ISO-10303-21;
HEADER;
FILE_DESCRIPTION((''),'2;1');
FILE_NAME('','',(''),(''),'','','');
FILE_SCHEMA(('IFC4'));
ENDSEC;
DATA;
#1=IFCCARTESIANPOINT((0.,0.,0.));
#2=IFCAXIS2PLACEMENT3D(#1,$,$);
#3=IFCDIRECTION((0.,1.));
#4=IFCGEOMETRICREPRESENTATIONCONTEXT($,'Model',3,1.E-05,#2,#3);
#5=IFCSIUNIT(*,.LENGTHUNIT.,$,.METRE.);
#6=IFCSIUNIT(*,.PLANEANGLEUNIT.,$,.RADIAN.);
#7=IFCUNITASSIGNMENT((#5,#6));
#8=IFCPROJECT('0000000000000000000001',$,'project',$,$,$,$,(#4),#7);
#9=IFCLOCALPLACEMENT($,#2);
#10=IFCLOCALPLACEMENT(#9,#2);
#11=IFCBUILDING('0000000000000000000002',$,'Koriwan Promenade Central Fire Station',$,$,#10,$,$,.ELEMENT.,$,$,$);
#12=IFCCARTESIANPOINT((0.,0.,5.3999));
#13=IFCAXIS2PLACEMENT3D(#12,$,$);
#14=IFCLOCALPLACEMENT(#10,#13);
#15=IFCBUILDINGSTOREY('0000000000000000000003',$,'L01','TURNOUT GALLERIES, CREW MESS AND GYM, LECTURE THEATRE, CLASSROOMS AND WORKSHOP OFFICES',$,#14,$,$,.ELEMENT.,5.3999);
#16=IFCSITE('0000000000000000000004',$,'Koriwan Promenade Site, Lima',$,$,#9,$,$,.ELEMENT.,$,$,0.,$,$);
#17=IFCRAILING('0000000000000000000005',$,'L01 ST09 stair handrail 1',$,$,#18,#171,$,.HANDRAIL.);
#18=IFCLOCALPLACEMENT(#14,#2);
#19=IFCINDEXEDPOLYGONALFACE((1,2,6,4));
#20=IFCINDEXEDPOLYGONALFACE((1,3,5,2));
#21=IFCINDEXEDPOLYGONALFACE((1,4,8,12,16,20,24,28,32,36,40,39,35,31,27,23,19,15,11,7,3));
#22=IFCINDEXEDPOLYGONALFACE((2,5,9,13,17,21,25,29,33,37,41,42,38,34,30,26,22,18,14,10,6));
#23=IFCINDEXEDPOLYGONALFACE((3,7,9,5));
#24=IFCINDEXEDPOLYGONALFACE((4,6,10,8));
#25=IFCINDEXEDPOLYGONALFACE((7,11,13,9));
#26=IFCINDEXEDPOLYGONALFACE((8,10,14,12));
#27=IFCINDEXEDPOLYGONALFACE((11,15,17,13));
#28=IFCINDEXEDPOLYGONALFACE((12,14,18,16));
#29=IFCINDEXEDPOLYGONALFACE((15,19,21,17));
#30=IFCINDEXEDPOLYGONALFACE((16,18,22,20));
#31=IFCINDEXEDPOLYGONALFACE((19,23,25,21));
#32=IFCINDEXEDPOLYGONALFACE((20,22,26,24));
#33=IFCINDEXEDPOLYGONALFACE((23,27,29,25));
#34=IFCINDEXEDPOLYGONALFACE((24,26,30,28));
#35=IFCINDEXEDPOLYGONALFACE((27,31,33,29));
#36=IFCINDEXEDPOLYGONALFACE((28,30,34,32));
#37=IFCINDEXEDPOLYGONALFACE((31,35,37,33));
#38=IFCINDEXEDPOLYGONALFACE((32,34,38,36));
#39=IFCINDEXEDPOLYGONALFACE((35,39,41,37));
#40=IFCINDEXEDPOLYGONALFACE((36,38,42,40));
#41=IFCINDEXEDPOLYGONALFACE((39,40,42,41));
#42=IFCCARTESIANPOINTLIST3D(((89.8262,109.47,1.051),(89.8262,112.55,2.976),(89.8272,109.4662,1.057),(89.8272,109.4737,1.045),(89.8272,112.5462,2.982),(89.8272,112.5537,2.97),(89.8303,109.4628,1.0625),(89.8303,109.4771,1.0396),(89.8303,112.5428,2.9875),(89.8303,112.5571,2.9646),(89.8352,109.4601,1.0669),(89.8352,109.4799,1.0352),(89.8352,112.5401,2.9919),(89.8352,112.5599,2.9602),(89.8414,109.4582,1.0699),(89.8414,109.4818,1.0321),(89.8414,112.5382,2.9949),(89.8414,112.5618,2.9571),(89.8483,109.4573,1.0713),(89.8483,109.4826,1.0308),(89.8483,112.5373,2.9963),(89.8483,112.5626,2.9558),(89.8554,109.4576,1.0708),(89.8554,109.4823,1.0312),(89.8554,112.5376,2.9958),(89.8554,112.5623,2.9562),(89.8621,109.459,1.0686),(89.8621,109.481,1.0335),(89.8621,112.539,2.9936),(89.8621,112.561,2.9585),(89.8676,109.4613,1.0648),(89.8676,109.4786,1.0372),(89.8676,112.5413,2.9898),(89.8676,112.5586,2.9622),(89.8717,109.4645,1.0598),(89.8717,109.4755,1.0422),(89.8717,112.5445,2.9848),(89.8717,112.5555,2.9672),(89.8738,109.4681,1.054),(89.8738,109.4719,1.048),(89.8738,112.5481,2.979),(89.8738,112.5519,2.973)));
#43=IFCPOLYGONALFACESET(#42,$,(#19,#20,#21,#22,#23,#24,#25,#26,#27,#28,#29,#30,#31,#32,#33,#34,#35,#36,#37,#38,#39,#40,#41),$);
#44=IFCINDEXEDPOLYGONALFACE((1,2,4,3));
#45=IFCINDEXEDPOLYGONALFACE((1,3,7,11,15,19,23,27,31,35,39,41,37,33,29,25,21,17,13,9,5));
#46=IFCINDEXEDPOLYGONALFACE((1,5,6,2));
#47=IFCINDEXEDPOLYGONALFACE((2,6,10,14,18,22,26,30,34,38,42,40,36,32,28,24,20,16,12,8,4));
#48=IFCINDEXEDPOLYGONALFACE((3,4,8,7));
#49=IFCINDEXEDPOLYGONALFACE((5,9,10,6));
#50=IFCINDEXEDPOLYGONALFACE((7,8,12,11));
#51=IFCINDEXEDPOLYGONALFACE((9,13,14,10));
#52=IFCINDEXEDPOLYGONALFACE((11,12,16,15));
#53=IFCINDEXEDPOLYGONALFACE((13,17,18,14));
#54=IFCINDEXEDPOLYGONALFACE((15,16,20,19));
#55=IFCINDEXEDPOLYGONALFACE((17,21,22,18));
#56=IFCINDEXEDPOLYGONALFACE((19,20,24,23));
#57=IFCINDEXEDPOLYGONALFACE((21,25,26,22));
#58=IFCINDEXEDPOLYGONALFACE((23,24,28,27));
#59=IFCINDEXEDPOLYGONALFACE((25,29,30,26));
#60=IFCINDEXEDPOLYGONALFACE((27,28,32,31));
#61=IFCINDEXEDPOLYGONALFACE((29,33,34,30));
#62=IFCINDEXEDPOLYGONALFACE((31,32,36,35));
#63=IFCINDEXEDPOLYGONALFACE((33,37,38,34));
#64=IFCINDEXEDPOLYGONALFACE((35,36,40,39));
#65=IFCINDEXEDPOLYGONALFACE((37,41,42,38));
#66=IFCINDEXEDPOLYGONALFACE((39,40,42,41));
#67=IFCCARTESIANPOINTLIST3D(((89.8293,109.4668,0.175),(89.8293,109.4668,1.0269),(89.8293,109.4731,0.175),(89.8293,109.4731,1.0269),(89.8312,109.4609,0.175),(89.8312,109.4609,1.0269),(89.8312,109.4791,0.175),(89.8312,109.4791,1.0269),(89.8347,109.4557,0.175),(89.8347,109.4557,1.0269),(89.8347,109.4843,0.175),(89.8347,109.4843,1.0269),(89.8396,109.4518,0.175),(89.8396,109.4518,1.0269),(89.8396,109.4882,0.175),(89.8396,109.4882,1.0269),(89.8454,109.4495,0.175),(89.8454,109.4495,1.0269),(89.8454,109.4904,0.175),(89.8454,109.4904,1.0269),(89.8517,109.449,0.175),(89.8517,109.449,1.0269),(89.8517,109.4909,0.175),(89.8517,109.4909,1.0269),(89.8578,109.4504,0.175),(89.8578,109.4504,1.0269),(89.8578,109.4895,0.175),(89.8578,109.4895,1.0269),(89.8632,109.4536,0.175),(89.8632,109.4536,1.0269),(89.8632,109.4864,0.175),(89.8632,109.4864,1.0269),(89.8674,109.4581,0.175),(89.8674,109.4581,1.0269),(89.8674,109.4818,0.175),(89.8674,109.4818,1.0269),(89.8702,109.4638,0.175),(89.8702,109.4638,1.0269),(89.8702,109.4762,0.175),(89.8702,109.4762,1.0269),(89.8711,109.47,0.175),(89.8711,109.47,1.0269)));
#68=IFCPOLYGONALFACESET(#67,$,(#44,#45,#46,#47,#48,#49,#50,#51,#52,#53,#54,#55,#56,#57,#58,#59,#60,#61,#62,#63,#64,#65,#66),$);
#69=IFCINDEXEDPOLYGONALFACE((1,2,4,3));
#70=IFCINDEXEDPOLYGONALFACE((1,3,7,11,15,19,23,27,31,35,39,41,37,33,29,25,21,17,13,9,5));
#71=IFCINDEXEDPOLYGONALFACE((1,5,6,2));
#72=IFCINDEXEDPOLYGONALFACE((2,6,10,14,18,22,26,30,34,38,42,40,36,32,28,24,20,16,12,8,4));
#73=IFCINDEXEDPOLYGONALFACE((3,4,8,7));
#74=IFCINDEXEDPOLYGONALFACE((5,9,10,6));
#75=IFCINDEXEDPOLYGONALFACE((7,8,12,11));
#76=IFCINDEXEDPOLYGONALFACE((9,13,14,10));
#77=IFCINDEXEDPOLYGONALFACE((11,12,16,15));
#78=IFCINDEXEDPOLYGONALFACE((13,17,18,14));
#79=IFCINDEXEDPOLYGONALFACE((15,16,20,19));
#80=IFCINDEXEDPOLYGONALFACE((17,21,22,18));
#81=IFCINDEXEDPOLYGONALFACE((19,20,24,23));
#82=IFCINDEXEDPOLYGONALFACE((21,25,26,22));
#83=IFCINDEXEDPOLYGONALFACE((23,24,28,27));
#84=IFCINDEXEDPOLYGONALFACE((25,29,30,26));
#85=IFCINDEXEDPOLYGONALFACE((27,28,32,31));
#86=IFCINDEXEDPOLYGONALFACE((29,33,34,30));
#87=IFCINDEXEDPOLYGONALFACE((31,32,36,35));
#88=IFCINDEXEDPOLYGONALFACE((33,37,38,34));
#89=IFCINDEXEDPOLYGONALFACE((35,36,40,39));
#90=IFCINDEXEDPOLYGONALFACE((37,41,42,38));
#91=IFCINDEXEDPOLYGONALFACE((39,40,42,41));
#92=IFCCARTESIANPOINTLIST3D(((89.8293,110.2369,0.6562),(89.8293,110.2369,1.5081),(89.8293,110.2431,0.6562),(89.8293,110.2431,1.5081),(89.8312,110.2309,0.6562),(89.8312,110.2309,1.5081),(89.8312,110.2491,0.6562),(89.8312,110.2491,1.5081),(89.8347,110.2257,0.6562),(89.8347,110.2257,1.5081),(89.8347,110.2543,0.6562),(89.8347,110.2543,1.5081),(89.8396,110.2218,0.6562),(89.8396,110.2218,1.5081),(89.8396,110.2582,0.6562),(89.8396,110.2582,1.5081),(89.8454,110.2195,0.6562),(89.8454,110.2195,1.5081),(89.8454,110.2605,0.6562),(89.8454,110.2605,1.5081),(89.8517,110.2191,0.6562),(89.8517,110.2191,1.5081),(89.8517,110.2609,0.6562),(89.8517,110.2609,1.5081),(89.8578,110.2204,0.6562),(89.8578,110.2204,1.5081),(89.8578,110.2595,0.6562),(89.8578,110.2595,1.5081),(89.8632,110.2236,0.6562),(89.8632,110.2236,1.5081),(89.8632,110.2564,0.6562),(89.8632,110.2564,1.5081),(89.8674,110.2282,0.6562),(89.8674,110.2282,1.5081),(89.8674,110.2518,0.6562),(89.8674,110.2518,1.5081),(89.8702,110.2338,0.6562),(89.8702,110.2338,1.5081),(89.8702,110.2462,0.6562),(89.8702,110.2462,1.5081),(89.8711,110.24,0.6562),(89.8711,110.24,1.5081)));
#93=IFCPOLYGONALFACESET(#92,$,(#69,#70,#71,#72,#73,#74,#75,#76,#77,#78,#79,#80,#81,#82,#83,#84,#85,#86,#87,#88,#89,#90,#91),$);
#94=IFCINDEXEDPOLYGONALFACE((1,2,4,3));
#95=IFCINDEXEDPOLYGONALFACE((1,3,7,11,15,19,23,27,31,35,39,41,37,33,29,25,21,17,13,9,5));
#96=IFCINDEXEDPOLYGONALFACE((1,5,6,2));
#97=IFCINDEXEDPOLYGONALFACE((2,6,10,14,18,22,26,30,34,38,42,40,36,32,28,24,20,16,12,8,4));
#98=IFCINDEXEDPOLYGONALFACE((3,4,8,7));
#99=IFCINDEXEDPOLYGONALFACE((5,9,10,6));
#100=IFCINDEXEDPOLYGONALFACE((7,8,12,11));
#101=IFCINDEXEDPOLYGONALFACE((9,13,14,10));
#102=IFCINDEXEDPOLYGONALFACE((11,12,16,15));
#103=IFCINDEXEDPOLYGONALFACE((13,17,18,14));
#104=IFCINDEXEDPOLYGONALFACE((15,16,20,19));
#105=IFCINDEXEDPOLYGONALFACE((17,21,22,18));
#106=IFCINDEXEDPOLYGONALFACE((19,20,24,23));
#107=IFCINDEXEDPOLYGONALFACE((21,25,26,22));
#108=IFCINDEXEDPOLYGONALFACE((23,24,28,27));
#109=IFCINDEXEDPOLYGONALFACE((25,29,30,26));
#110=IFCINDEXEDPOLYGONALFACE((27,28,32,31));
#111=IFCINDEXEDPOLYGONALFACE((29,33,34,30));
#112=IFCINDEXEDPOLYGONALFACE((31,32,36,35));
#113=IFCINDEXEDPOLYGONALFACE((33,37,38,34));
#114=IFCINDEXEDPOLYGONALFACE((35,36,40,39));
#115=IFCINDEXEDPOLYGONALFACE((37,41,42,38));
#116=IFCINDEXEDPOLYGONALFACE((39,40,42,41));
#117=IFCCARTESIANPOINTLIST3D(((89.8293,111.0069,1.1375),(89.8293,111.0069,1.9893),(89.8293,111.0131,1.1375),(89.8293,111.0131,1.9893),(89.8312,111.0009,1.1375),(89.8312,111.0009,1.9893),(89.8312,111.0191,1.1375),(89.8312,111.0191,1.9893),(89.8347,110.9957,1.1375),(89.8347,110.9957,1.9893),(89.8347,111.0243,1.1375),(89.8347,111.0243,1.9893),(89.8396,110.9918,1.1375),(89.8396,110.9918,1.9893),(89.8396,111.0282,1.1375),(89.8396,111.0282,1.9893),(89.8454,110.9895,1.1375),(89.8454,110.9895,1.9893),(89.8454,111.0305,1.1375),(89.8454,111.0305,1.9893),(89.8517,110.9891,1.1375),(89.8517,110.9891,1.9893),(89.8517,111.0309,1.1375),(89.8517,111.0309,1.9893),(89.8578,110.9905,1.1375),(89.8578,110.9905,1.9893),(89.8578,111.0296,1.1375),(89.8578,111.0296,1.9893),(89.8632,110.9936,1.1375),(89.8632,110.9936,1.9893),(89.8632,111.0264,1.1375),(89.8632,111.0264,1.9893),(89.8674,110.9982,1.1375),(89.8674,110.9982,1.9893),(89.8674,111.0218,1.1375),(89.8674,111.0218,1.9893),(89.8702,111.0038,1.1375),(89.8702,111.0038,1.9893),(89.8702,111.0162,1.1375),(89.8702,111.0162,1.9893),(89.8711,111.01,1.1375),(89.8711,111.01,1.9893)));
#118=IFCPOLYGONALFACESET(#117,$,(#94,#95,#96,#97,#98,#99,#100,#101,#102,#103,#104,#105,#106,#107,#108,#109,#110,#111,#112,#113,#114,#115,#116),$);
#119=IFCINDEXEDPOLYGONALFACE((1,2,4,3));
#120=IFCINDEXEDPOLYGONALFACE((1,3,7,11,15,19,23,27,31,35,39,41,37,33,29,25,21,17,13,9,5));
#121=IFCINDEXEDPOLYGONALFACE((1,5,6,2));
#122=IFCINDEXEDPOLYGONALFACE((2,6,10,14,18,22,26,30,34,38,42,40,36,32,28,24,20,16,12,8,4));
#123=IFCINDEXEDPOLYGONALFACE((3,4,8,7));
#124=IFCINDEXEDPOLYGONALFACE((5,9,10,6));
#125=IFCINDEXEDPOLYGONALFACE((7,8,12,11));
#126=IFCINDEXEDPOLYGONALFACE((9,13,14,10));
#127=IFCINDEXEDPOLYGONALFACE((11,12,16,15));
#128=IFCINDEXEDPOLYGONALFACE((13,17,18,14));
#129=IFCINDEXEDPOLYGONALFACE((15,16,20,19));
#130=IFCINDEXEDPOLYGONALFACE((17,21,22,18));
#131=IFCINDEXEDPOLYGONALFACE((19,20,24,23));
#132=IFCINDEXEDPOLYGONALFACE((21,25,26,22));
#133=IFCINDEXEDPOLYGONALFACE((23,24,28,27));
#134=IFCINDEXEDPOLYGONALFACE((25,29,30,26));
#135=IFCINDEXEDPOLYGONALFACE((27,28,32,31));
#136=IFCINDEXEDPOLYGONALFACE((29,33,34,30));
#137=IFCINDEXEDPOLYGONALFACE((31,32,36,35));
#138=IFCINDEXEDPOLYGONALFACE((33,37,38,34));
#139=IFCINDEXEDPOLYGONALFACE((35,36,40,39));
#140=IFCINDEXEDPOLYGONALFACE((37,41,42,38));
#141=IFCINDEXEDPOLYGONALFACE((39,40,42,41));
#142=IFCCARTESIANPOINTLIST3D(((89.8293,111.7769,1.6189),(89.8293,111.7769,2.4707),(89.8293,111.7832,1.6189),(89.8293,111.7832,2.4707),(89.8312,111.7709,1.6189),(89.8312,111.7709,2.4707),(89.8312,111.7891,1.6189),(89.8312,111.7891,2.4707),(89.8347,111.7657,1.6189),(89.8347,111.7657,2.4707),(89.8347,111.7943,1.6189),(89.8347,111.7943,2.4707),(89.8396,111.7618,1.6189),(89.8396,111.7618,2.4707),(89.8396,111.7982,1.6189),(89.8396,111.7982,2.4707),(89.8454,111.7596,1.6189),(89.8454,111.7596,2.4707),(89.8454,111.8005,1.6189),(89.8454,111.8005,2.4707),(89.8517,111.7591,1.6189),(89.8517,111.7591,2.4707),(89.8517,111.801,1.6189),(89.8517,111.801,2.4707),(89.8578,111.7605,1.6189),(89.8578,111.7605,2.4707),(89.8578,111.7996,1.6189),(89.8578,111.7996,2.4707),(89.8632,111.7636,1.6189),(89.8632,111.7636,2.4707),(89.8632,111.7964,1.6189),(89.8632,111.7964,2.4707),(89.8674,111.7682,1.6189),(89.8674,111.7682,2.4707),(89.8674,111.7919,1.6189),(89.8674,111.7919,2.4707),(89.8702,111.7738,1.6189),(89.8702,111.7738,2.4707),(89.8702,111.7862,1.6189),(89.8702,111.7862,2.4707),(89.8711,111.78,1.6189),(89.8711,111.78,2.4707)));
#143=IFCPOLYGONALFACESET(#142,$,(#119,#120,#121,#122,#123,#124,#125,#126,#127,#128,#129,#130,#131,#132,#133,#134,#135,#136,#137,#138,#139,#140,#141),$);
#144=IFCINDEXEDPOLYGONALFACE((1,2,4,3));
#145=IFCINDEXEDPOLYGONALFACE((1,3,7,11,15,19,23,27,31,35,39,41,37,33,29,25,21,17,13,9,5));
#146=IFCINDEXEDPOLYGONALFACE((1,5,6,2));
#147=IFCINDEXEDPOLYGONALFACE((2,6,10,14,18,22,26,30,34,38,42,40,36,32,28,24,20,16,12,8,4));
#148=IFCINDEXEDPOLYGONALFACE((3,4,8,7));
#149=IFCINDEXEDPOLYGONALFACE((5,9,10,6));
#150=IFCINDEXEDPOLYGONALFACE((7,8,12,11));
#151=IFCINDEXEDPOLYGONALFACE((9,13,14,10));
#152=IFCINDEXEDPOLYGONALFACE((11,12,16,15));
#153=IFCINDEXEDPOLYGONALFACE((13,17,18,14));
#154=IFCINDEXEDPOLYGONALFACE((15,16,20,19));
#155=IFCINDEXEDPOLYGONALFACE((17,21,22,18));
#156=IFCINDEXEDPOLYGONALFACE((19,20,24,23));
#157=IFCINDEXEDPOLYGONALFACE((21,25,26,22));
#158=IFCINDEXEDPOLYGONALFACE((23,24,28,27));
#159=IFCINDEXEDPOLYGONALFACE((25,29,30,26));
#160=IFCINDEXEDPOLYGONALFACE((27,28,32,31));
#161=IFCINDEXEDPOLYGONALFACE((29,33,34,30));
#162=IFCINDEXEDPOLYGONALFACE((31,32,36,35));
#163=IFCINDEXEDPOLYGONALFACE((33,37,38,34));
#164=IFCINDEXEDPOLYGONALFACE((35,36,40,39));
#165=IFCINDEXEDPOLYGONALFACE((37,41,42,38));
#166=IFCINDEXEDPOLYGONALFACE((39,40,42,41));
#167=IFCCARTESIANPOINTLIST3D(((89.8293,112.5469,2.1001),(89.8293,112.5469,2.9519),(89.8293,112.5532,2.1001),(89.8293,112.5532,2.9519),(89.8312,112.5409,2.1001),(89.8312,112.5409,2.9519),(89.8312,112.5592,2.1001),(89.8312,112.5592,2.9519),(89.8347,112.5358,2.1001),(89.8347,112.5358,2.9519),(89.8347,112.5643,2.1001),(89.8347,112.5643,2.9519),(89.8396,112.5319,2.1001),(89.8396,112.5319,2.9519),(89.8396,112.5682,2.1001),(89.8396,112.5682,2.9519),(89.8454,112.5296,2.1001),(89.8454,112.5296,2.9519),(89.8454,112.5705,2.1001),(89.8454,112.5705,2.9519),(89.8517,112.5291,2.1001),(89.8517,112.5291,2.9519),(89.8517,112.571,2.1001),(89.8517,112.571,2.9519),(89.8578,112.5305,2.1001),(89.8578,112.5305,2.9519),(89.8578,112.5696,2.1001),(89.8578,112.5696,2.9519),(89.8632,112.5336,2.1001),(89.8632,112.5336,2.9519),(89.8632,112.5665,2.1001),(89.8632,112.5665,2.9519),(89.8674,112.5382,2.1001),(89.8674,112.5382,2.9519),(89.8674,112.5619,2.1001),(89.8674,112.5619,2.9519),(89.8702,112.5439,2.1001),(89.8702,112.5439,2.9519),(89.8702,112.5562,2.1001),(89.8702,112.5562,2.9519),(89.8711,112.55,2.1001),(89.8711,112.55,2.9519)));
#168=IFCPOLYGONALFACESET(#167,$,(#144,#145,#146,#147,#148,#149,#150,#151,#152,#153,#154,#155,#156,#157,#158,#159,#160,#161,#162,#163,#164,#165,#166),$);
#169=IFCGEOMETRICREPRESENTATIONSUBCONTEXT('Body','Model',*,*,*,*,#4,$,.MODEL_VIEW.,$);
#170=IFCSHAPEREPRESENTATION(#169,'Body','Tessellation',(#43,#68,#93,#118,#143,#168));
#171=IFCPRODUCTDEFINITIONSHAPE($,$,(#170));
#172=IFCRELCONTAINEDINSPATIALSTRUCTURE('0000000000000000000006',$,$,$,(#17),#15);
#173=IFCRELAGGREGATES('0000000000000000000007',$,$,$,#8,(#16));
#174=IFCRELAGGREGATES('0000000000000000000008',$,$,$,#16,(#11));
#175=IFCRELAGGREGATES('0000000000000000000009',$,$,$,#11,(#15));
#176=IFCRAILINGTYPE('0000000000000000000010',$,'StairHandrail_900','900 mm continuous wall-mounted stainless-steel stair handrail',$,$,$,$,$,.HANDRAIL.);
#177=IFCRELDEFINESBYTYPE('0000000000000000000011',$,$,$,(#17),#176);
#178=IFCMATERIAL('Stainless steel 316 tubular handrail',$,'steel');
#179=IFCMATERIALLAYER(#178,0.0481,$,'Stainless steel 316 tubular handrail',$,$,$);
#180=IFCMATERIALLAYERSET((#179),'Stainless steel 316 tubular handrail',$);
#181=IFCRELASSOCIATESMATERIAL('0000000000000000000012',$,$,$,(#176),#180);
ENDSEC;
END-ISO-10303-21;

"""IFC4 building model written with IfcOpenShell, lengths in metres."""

from ifc_helpers import new_model, si_unit, direction, frame, origin, origin_2d, place, context, subcontext, project, spatial, circle, extrude, material, layer, layer_set, type_object, element, save


model = new_model("IFC4")

# Units and contexts
model_context = context("Model", 3, precision=1e-05, world=origin(), true_north=direction((0.0, 1.0)))
body_context = subcontext(model_context, "Body", "Model", "MODEL_VIEW")
ifc_project = project(units=[si_unit("LENGTHUNIT", "METRE"), si_unit("PLANEANGLEUNIT", "RADIAN")], contexts=[model_context])

# Site, building, storey
site_placement = place(None, origin())
site = spatial("IfcSite", under=ifc_project, at=site_placement, Name="Koriwan Promenade Site, Lima", CompositionType="ELEMENT", RefElevation=0.0)
building_placement = place(site_placement, origin())
building = spatial("IfcBuilding", under=site, at=building_placement, Name="Koriwan Promenade Central Fire Station", CompositionType="ELEMENT")
storey_placement = place(building_placement, frame((0.0, 0.0, 5.3999)))
storey = spatial("IfcBuildingStorey", under=building, at=storey_placement, Name="L01", Description="TURNOUT GALLERIES, CREW MESS AND GYM, LECTURE THEATRE, CLASSROOMS AND WORKSHOP OFFICES", CompositionType="ELEMENT", Elevation=5.3999)

# Railing
ifc_material_1 = material(Name="Stainless steel 316 tubular handrail", Category="steel")
ifc_layer_1 = layer(ifc_material_1, 0.0481, Name="Stainless steel 316 tubular handrail")
ifc_layer_set_1 = layer_set([ifc_layer_1], Name="Stainless steel 316 tubular handrail")
railing_type_1 = type_object("IfcRailingType", Name="StairHandrail_900", Description="900 mm continuous wall-mounted stainless-steel stair handrail", PredefinedType="HANDRAIL", material=ifc_layer_set_1)
railing_1_placement = place(storey_placement, frame((89.8501, 109.47, 0.175)))
element("IfcRailing", 1, at=railing_1_placement, inside=storey, type_object=railing_type_1, Name="L01 ST09 stair handrail 1", PredefinedType="HANDRAIL", context=body_context, shape_type="SweptSolid", body=[
    extrude(circle(Radius=0.0239, at=origin_2d()), frame((0.0, 0.0, 0.876), z_axis=(0.0, 0.847998, 0.529999), x_axis=(-1.0, 0.0, 0.0)), (0.0, 0.0, 1.0), 3.6321),
    extrude(circle(Radius=0.021, at=origin_2d()), origin(), (0.0, 0.0, 1.0), 0.8518),
    extrude(circle(Radius=0.021, at=origin_2d()), frame((0.0, 0.77, 0.4812)), (0.0, 0.0, 1.0), 0.8518),
    extrude(circle(Radius=0.021, at=origin_2d()), frame((0.0, 1.54, 0.9624)), (0.0, 0.0, 1.0), 0.8518),
    extrude(circle(Radius=0.021, at=origin_2d()), frame((0.0, 2.3101, 1.4438)), (0.0, 0.0, 1.0), 0.8518),
    extrude(circle(Radius=0.021, at=origin_2d()), frame((0.0, 3.0801, 1.925)), (0.0, 0.0, 1.0), 0.8518),
])

save(model, "model.ifc")
